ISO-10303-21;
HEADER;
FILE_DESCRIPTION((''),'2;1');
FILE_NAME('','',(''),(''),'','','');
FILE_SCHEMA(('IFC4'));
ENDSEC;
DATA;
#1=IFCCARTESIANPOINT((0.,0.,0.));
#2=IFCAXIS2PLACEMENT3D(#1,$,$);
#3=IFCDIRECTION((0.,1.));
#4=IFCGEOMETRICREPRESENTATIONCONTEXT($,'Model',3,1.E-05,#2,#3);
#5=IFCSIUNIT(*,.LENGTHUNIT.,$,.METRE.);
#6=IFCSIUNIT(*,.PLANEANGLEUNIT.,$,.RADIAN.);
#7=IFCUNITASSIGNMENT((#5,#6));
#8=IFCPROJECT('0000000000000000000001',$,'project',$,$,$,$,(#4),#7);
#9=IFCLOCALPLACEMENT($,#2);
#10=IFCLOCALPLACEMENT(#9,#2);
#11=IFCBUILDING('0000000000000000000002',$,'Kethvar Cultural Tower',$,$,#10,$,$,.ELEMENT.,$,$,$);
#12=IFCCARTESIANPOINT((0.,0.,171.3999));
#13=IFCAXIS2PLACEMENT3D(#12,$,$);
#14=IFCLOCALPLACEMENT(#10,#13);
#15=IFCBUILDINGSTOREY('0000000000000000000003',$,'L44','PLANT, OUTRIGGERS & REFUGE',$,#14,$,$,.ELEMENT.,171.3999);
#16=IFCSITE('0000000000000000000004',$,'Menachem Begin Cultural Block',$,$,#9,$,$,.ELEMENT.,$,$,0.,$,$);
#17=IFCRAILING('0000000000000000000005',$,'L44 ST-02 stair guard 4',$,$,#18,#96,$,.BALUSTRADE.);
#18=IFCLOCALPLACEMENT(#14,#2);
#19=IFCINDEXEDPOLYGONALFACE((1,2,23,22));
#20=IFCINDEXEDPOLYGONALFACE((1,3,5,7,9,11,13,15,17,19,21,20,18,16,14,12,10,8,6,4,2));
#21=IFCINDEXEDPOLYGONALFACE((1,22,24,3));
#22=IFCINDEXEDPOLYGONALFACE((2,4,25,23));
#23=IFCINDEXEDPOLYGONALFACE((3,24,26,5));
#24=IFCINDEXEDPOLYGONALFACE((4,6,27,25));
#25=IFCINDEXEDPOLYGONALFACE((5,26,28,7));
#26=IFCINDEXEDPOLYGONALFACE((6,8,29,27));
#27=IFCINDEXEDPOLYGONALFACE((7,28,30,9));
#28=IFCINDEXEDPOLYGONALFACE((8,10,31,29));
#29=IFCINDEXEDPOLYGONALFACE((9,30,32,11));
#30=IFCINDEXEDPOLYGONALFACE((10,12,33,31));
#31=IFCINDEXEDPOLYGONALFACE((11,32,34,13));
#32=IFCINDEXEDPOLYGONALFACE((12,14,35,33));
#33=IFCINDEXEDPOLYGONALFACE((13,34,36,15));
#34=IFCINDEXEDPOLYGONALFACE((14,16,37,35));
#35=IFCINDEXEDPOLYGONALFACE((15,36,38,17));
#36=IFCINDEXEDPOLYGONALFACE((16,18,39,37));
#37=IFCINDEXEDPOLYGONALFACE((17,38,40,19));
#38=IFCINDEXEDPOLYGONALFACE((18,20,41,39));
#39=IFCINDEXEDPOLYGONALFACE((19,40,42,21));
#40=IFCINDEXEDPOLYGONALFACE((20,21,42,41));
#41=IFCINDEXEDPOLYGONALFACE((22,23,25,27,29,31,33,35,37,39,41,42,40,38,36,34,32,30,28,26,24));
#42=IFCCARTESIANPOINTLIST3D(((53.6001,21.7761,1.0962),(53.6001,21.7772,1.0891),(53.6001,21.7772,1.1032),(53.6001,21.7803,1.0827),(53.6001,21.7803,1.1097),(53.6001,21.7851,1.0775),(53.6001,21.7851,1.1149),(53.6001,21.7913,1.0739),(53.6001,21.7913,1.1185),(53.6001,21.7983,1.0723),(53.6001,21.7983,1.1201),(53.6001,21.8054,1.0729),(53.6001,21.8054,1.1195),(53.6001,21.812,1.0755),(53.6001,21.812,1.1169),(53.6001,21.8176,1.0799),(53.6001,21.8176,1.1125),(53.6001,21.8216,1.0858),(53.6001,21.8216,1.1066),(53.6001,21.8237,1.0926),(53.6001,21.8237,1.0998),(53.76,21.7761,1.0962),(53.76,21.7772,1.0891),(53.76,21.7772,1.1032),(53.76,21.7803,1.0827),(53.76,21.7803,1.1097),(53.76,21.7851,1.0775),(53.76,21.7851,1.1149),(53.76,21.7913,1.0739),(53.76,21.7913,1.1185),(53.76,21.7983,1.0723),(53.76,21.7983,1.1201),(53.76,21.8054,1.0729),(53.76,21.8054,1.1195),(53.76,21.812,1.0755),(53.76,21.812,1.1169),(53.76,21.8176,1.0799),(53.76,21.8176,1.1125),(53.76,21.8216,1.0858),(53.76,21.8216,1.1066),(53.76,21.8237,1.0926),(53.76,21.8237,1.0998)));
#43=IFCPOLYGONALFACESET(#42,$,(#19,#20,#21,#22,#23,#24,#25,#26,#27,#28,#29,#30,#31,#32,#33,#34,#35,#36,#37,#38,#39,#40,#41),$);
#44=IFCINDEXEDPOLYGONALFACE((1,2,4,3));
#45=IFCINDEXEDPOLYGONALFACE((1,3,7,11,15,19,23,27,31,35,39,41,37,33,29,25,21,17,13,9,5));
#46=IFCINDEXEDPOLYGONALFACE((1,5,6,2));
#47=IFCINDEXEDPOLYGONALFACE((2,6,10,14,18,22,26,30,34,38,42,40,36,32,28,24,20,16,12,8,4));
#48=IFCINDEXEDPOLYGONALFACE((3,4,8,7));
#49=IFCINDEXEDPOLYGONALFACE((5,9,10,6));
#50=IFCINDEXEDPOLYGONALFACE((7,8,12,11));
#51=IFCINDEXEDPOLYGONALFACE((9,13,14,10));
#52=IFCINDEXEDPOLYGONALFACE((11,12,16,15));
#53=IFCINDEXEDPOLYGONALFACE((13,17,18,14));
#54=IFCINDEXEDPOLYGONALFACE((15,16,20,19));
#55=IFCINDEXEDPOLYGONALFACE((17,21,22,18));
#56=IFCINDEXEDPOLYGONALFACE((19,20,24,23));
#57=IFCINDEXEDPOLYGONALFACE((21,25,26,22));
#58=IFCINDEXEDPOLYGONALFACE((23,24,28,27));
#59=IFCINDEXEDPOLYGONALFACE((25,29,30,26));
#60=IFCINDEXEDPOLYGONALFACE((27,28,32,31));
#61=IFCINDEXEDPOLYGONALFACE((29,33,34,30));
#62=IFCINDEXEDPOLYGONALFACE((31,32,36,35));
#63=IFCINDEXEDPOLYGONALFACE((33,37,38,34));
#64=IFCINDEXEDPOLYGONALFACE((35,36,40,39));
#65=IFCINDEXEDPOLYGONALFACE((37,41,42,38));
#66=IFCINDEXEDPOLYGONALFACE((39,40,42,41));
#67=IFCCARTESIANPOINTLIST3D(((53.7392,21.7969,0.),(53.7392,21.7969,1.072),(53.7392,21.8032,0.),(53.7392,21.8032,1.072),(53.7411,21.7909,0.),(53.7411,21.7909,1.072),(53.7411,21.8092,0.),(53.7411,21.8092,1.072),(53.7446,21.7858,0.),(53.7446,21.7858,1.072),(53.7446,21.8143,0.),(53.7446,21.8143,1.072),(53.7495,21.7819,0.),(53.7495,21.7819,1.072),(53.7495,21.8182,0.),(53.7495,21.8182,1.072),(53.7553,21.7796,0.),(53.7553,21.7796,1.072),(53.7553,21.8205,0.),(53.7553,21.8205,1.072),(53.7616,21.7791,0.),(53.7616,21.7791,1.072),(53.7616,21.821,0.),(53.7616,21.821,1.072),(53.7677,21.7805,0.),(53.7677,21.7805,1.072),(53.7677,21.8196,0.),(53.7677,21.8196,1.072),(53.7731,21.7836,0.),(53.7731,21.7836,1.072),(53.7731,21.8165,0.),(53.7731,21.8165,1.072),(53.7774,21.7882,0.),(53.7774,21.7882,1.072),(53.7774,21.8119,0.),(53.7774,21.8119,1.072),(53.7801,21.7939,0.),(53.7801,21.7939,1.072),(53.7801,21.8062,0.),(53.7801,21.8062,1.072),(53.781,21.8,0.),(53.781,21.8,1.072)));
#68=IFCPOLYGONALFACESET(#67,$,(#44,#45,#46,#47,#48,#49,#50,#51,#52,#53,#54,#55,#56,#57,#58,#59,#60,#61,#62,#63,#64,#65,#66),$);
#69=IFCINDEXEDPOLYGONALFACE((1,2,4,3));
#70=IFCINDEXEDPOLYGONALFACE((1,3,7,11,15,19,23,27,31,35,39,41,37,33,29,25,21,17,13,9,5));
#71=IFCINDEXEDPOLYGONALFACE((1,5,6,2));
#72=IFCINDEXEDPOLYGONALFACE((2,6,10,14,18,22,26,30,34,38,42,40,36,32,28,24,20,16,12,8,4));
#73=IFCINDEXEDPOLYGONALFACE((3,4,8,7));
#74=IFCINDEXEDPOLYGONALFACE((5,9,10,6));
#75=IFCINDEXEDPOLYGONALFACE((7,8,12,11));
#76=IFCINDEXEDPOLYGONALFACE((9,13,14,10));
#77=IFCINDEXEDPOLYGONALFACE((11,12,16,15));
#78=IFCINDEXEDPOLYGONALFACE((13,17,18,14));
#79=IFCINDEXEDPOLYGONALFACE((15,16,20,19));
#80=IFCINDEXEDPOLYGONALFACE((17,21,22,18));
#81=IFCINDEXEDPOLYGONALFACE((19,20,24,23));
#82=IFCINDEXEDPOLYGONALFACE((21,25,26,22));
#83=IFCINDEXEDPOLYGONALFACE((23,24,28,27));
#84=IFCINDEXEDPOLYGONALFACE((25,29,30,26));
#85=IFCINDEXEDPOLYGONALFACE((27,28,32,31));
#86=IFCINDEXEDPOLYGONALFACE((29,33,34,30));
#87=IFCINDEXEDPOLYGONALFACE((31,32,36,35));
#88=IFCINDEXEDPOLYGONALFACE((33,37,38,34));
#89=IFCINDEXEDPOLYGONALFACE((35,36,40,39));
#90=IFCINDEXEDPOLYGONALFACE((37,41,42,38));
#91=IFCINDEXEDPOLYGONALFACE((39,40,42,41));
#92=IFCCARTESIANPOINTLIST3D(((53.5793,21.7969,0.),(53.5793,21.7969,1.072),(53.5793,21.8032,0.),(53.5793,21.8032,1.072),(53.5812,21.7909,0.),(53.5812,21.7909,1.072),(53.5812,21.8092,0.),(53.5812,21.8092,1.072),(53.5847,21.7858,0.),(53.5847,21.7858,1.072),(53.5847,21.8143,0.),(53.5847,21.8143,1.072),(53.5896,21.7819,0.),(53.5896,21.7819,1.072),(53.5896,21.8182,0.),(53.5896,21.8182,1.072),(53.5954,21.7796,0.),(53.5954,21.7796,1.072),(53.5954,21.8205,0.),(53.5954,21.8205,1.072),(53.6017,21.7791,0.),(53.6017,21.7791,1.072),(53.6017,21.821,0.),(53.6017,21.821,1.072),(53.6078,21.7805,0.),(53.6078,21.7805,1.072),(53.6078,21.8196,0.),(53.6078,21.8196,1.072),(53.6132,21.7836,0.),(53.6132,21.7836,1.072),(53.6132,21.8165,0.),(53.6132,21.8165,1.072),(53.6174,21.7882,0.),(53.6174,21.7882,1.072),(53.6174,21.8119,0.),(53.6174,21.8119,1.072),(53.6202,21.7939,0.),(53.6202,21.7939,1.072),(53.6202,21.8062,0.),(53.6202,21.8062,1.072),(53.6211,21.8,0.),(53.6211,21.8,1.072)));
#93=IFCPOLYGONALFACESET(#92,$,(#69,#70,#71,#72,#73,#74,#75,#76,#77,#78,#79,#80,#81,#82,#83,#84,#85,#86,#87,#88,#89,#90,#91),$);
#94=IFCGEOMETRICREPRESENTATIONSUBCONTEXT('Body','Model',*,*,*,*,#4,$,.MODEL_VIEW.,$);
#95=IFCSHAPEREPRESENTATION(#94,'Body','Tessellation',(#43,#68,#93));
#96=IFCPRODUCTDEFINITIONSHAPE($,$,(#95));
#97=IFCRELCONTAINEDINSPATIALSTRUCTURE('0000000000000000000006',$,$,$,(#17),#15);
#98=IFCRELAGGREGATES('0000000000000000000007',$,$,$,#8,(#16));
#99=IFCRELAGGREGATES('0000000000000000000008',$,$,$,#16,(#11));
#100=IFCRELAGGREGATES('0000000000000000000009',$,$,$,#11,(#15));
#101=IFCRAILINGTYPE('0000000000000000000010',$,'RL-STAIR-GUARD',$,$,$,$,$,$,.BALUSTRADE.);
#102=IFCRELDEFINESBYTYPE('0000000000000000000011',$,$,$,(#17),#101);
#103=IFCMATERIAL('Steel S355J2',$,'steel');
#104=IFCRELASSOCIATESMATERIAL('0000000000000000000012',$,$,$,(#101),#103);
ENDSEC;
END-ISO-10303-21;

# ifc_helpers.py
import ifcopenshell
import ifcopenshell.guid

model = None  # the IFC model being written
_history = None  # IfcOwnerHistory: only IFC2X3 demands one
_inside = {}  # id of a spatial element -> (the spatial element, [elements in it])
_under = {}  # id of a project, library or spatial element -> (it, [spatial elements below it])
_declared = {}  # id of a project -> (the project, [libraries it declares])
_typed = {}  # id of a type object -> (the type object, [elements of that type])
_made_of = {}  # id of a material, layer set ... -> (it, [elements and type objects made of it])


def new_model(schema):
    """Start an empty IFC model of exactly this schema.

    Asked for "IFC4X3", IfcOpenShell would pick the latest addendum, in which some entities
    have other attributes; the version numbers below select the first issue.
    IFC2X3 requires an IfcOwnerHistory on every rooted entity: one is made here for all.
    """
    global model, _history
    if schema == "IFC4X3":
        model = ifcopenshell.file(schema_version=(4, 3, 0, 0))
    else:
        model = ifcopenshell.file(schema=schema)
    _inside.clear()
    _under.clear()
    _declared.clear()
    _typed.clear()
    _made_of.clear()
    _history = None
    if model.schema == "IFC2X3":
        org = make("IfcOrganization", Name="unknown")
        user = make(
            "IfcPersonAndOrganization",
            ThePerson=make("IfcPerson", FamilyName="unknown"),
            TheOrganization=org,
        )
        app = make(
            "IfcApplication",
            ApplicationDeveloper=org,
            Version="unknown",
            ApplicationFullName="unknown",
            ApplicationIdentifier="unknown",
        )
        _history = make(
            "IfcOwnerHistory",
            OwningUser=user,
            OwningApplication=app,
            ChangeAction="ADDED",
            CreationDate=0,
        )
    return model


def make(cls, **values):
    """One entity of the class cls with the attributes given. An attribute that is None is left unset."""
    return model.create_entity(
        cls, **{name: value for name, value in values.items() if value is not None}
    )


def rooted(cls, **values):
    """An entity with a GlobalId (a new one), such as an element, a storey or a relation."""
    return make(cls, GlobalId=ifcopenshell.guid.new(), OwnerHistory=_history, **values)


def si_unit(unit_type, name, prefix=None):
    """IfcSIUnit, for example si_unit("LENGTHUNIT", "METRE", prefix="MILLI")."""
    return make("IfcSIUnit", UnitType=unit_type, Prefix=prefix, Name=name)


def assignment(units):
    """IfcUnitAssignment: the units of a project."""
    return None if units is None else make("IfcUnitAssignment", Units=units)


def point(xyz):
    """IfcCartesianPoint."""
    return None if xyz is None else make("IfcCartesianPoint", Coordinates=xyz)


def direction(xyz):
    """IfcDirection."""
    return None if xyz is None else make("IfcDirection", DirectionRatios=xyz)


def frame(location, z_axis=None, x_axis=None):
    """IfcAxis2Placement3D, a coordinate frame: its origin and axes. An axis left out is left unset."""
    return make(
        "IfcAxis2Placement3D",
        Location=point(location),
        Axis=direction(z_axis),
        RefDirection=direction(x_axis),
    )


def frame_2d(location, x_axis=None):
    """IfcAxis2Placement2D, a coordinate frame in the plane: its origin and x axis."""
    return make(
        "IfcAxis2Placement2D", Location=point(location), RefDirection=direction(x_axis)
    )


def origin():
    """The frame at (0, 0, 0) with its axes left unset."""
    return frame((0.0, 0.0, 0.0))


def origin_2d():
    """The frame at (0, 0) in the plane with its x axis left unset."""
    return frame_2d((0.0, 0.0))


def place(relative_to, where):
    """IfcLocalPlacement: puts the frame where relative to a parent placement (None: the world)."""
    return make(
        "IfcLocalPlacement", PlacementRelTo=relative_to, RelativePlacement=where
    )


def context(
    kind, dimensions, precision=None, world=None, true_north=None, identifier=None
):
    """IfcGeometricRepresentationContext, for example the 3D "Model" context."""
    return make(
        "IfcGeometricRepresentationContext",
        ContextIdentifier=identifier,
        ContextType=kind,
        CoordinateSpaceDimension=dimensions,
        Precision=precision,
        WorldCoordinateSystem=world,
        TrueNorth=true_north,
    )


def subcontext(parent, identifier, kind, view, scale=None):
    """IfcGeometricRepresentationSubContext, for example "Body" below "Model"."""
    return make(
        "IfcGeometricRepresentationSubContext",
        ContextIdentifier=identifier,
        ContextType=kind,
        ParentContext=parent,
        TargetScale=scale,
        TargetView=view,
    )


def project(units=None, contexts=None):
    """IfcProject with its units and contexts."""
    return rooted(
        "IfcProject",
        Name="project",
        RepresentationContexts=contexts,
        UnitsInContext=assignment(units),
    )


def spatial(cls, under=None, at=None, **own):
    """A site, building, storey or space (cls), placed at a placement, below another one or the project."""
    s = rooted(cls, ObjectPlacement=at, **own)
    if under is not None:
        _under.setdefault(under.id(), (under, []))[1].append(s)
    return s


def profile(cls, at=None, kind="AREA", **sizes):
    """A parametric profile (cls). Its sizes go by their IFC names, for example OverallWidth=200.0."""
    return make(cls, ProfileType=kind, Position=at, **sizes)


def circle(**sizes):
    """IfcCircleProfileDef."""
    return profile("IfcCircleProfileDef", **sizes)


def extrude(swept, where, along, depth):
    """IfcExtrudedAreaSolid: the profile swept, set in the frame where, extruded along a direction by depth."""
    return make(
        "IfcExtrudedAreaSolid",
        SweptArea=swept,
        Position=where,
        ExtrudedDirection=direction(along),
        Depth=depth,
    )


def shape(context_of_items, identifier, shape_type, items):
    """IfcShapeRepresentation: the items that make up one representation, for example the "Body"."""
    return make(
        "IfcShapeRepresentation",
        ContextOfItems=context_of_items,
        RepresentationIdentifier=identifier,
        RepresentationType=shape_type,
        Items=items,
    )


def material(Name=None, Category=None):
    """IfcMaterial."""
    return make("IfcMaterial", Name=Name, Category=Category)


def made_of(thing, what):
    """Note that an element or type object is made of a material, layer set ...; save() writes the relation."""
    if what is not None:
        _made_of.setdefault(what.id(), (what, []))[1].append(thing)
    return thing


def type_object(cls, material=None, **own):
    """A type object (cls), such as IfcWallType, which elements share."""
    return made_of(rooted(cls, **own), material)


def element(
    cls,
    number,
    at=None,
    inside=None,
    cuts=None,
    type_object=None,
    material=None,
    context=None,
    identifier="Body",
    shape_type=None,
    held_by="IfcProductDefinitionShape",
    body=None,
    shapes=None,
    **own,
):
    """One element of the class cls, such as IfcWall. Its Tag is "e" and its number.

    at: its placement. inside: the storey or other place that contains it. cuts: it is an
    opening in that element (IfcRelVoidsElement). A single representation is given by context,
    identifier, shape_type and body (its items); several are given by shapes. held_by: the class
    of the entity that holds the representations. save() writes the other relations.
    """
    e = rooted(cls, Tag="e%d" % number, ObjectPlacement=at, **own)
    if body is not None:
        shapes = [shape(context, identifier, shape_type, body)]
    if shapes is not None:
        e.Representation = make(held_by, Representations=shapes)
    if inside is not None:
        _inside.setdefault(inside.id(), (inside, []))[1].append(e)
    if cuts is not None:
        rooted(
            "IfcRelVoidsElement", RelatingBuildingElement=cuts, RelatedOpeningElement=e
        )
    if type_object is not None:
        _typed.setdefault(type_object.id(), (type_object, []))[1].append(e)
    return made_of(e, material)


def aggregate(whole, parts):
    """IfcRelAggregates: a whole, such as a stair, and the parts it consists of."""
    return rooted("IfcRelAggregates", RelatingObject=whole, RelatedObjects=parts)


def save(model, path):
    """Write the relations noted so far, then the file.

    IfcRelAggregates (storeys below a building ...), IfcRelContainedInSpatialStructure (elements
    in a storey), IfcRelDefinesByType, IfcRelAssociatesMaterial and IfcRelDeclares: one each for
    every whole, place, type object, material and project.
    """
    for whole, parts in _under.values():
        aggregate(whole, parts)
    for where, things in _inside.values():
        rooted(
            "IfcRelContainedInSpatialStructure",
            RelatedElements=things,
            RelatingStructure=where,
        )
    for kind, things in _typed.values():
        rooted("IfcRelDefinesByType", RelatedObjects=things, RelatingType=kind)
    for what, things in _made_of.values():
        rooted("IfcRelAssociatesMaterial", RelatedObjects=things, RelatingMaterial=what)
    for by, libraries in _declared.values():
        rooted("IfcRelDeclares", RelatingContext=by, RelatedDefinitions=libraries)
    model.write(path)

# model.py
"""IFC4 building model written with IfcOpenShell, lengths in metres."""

from ifc_helpers import new_model, si_unit, direction, frame, origin, origin_2d, place, context, subcontext, project, spatial, circle, extrude, material, type_object, element, save


model = new_model("IFC4")

# Units and contexts
model_context = context("Model", 3, precision=1e-05, world=origin(), true_north=direction((0.0, 1.0)))
body_context = subcontext(model_context, "Body", "Model", "MODEL_VIEW")
ifc_project = project(units=[si_unit("LENGTHUNIT", "METRE"), si_unit("PLANEANGLEUNIT", "RADIAN")], contexts=[model_context])

# Site, building, storey
site_placement = place(None, origin())
site = spatial("IfcSite", under=ifc_project, at=site_placement, Name="Menachem Begin Cultural Block", CompositionType="ELEMENT", RefElevation=0.0)
building_placement = place(site_placement, origin())
building = spatial("IfcBuilding", under=site, at=building_placement, Name="Kethvar Cultural Tower", CompositionType="ELEMENT")
storey_placement = place(building_placement, frame((0.0, 0.0, 171.3999)))
storey = spatial("IfcBuildingStorey", under=building, at=storey_placement, Name="L44", Description="PLANT, OUTRIGGERS & REFUGE", CompositionType="ELEMENT", Elevation=171.3999)

# Shared definitions
ifc_material_1 = material(Name="Steel S355J2", Category="steel")

# Railing
railing_type_1 = type_object("IfcRailingType", Name="RL-STAIR-GUARD", PredefinedType="BALUSTRADE", material=ifc_material_1)
railing_1_placement = place(storey_placement, frame((53.76, 21.8, 0.0)))
element("IfcRailing", 1, at=railing_1_placement, inside=storey, type_object=railing_type_1, Name="L44 ST-02 stair guard 4", PredefinedType="BALUSTRADE", context=body_context, shape_type="SweptSolid", body=[
    extrude(circle(Radius=0.0239, at=origin_2d()), frame((0.0, 0.0, 1.0962), z_axis=(-1.0, 0.0, 0.0), x_axis=(0.0, -1.0, 0.0)), (0.0, 0.0, 1.0), 0.1599),
    extrude(circle(Radius=0.021, at=origin_2d()), origin(), (0.0, 0.0, 1.0), 1.072),
    extrude(circle(Radius=0.021, at=origin_2d()), frame((-0.1599, 0.0, 0.0)), (0.0, 0.0, 1.0), 1.072),
])

save(model, "model.ifc")
